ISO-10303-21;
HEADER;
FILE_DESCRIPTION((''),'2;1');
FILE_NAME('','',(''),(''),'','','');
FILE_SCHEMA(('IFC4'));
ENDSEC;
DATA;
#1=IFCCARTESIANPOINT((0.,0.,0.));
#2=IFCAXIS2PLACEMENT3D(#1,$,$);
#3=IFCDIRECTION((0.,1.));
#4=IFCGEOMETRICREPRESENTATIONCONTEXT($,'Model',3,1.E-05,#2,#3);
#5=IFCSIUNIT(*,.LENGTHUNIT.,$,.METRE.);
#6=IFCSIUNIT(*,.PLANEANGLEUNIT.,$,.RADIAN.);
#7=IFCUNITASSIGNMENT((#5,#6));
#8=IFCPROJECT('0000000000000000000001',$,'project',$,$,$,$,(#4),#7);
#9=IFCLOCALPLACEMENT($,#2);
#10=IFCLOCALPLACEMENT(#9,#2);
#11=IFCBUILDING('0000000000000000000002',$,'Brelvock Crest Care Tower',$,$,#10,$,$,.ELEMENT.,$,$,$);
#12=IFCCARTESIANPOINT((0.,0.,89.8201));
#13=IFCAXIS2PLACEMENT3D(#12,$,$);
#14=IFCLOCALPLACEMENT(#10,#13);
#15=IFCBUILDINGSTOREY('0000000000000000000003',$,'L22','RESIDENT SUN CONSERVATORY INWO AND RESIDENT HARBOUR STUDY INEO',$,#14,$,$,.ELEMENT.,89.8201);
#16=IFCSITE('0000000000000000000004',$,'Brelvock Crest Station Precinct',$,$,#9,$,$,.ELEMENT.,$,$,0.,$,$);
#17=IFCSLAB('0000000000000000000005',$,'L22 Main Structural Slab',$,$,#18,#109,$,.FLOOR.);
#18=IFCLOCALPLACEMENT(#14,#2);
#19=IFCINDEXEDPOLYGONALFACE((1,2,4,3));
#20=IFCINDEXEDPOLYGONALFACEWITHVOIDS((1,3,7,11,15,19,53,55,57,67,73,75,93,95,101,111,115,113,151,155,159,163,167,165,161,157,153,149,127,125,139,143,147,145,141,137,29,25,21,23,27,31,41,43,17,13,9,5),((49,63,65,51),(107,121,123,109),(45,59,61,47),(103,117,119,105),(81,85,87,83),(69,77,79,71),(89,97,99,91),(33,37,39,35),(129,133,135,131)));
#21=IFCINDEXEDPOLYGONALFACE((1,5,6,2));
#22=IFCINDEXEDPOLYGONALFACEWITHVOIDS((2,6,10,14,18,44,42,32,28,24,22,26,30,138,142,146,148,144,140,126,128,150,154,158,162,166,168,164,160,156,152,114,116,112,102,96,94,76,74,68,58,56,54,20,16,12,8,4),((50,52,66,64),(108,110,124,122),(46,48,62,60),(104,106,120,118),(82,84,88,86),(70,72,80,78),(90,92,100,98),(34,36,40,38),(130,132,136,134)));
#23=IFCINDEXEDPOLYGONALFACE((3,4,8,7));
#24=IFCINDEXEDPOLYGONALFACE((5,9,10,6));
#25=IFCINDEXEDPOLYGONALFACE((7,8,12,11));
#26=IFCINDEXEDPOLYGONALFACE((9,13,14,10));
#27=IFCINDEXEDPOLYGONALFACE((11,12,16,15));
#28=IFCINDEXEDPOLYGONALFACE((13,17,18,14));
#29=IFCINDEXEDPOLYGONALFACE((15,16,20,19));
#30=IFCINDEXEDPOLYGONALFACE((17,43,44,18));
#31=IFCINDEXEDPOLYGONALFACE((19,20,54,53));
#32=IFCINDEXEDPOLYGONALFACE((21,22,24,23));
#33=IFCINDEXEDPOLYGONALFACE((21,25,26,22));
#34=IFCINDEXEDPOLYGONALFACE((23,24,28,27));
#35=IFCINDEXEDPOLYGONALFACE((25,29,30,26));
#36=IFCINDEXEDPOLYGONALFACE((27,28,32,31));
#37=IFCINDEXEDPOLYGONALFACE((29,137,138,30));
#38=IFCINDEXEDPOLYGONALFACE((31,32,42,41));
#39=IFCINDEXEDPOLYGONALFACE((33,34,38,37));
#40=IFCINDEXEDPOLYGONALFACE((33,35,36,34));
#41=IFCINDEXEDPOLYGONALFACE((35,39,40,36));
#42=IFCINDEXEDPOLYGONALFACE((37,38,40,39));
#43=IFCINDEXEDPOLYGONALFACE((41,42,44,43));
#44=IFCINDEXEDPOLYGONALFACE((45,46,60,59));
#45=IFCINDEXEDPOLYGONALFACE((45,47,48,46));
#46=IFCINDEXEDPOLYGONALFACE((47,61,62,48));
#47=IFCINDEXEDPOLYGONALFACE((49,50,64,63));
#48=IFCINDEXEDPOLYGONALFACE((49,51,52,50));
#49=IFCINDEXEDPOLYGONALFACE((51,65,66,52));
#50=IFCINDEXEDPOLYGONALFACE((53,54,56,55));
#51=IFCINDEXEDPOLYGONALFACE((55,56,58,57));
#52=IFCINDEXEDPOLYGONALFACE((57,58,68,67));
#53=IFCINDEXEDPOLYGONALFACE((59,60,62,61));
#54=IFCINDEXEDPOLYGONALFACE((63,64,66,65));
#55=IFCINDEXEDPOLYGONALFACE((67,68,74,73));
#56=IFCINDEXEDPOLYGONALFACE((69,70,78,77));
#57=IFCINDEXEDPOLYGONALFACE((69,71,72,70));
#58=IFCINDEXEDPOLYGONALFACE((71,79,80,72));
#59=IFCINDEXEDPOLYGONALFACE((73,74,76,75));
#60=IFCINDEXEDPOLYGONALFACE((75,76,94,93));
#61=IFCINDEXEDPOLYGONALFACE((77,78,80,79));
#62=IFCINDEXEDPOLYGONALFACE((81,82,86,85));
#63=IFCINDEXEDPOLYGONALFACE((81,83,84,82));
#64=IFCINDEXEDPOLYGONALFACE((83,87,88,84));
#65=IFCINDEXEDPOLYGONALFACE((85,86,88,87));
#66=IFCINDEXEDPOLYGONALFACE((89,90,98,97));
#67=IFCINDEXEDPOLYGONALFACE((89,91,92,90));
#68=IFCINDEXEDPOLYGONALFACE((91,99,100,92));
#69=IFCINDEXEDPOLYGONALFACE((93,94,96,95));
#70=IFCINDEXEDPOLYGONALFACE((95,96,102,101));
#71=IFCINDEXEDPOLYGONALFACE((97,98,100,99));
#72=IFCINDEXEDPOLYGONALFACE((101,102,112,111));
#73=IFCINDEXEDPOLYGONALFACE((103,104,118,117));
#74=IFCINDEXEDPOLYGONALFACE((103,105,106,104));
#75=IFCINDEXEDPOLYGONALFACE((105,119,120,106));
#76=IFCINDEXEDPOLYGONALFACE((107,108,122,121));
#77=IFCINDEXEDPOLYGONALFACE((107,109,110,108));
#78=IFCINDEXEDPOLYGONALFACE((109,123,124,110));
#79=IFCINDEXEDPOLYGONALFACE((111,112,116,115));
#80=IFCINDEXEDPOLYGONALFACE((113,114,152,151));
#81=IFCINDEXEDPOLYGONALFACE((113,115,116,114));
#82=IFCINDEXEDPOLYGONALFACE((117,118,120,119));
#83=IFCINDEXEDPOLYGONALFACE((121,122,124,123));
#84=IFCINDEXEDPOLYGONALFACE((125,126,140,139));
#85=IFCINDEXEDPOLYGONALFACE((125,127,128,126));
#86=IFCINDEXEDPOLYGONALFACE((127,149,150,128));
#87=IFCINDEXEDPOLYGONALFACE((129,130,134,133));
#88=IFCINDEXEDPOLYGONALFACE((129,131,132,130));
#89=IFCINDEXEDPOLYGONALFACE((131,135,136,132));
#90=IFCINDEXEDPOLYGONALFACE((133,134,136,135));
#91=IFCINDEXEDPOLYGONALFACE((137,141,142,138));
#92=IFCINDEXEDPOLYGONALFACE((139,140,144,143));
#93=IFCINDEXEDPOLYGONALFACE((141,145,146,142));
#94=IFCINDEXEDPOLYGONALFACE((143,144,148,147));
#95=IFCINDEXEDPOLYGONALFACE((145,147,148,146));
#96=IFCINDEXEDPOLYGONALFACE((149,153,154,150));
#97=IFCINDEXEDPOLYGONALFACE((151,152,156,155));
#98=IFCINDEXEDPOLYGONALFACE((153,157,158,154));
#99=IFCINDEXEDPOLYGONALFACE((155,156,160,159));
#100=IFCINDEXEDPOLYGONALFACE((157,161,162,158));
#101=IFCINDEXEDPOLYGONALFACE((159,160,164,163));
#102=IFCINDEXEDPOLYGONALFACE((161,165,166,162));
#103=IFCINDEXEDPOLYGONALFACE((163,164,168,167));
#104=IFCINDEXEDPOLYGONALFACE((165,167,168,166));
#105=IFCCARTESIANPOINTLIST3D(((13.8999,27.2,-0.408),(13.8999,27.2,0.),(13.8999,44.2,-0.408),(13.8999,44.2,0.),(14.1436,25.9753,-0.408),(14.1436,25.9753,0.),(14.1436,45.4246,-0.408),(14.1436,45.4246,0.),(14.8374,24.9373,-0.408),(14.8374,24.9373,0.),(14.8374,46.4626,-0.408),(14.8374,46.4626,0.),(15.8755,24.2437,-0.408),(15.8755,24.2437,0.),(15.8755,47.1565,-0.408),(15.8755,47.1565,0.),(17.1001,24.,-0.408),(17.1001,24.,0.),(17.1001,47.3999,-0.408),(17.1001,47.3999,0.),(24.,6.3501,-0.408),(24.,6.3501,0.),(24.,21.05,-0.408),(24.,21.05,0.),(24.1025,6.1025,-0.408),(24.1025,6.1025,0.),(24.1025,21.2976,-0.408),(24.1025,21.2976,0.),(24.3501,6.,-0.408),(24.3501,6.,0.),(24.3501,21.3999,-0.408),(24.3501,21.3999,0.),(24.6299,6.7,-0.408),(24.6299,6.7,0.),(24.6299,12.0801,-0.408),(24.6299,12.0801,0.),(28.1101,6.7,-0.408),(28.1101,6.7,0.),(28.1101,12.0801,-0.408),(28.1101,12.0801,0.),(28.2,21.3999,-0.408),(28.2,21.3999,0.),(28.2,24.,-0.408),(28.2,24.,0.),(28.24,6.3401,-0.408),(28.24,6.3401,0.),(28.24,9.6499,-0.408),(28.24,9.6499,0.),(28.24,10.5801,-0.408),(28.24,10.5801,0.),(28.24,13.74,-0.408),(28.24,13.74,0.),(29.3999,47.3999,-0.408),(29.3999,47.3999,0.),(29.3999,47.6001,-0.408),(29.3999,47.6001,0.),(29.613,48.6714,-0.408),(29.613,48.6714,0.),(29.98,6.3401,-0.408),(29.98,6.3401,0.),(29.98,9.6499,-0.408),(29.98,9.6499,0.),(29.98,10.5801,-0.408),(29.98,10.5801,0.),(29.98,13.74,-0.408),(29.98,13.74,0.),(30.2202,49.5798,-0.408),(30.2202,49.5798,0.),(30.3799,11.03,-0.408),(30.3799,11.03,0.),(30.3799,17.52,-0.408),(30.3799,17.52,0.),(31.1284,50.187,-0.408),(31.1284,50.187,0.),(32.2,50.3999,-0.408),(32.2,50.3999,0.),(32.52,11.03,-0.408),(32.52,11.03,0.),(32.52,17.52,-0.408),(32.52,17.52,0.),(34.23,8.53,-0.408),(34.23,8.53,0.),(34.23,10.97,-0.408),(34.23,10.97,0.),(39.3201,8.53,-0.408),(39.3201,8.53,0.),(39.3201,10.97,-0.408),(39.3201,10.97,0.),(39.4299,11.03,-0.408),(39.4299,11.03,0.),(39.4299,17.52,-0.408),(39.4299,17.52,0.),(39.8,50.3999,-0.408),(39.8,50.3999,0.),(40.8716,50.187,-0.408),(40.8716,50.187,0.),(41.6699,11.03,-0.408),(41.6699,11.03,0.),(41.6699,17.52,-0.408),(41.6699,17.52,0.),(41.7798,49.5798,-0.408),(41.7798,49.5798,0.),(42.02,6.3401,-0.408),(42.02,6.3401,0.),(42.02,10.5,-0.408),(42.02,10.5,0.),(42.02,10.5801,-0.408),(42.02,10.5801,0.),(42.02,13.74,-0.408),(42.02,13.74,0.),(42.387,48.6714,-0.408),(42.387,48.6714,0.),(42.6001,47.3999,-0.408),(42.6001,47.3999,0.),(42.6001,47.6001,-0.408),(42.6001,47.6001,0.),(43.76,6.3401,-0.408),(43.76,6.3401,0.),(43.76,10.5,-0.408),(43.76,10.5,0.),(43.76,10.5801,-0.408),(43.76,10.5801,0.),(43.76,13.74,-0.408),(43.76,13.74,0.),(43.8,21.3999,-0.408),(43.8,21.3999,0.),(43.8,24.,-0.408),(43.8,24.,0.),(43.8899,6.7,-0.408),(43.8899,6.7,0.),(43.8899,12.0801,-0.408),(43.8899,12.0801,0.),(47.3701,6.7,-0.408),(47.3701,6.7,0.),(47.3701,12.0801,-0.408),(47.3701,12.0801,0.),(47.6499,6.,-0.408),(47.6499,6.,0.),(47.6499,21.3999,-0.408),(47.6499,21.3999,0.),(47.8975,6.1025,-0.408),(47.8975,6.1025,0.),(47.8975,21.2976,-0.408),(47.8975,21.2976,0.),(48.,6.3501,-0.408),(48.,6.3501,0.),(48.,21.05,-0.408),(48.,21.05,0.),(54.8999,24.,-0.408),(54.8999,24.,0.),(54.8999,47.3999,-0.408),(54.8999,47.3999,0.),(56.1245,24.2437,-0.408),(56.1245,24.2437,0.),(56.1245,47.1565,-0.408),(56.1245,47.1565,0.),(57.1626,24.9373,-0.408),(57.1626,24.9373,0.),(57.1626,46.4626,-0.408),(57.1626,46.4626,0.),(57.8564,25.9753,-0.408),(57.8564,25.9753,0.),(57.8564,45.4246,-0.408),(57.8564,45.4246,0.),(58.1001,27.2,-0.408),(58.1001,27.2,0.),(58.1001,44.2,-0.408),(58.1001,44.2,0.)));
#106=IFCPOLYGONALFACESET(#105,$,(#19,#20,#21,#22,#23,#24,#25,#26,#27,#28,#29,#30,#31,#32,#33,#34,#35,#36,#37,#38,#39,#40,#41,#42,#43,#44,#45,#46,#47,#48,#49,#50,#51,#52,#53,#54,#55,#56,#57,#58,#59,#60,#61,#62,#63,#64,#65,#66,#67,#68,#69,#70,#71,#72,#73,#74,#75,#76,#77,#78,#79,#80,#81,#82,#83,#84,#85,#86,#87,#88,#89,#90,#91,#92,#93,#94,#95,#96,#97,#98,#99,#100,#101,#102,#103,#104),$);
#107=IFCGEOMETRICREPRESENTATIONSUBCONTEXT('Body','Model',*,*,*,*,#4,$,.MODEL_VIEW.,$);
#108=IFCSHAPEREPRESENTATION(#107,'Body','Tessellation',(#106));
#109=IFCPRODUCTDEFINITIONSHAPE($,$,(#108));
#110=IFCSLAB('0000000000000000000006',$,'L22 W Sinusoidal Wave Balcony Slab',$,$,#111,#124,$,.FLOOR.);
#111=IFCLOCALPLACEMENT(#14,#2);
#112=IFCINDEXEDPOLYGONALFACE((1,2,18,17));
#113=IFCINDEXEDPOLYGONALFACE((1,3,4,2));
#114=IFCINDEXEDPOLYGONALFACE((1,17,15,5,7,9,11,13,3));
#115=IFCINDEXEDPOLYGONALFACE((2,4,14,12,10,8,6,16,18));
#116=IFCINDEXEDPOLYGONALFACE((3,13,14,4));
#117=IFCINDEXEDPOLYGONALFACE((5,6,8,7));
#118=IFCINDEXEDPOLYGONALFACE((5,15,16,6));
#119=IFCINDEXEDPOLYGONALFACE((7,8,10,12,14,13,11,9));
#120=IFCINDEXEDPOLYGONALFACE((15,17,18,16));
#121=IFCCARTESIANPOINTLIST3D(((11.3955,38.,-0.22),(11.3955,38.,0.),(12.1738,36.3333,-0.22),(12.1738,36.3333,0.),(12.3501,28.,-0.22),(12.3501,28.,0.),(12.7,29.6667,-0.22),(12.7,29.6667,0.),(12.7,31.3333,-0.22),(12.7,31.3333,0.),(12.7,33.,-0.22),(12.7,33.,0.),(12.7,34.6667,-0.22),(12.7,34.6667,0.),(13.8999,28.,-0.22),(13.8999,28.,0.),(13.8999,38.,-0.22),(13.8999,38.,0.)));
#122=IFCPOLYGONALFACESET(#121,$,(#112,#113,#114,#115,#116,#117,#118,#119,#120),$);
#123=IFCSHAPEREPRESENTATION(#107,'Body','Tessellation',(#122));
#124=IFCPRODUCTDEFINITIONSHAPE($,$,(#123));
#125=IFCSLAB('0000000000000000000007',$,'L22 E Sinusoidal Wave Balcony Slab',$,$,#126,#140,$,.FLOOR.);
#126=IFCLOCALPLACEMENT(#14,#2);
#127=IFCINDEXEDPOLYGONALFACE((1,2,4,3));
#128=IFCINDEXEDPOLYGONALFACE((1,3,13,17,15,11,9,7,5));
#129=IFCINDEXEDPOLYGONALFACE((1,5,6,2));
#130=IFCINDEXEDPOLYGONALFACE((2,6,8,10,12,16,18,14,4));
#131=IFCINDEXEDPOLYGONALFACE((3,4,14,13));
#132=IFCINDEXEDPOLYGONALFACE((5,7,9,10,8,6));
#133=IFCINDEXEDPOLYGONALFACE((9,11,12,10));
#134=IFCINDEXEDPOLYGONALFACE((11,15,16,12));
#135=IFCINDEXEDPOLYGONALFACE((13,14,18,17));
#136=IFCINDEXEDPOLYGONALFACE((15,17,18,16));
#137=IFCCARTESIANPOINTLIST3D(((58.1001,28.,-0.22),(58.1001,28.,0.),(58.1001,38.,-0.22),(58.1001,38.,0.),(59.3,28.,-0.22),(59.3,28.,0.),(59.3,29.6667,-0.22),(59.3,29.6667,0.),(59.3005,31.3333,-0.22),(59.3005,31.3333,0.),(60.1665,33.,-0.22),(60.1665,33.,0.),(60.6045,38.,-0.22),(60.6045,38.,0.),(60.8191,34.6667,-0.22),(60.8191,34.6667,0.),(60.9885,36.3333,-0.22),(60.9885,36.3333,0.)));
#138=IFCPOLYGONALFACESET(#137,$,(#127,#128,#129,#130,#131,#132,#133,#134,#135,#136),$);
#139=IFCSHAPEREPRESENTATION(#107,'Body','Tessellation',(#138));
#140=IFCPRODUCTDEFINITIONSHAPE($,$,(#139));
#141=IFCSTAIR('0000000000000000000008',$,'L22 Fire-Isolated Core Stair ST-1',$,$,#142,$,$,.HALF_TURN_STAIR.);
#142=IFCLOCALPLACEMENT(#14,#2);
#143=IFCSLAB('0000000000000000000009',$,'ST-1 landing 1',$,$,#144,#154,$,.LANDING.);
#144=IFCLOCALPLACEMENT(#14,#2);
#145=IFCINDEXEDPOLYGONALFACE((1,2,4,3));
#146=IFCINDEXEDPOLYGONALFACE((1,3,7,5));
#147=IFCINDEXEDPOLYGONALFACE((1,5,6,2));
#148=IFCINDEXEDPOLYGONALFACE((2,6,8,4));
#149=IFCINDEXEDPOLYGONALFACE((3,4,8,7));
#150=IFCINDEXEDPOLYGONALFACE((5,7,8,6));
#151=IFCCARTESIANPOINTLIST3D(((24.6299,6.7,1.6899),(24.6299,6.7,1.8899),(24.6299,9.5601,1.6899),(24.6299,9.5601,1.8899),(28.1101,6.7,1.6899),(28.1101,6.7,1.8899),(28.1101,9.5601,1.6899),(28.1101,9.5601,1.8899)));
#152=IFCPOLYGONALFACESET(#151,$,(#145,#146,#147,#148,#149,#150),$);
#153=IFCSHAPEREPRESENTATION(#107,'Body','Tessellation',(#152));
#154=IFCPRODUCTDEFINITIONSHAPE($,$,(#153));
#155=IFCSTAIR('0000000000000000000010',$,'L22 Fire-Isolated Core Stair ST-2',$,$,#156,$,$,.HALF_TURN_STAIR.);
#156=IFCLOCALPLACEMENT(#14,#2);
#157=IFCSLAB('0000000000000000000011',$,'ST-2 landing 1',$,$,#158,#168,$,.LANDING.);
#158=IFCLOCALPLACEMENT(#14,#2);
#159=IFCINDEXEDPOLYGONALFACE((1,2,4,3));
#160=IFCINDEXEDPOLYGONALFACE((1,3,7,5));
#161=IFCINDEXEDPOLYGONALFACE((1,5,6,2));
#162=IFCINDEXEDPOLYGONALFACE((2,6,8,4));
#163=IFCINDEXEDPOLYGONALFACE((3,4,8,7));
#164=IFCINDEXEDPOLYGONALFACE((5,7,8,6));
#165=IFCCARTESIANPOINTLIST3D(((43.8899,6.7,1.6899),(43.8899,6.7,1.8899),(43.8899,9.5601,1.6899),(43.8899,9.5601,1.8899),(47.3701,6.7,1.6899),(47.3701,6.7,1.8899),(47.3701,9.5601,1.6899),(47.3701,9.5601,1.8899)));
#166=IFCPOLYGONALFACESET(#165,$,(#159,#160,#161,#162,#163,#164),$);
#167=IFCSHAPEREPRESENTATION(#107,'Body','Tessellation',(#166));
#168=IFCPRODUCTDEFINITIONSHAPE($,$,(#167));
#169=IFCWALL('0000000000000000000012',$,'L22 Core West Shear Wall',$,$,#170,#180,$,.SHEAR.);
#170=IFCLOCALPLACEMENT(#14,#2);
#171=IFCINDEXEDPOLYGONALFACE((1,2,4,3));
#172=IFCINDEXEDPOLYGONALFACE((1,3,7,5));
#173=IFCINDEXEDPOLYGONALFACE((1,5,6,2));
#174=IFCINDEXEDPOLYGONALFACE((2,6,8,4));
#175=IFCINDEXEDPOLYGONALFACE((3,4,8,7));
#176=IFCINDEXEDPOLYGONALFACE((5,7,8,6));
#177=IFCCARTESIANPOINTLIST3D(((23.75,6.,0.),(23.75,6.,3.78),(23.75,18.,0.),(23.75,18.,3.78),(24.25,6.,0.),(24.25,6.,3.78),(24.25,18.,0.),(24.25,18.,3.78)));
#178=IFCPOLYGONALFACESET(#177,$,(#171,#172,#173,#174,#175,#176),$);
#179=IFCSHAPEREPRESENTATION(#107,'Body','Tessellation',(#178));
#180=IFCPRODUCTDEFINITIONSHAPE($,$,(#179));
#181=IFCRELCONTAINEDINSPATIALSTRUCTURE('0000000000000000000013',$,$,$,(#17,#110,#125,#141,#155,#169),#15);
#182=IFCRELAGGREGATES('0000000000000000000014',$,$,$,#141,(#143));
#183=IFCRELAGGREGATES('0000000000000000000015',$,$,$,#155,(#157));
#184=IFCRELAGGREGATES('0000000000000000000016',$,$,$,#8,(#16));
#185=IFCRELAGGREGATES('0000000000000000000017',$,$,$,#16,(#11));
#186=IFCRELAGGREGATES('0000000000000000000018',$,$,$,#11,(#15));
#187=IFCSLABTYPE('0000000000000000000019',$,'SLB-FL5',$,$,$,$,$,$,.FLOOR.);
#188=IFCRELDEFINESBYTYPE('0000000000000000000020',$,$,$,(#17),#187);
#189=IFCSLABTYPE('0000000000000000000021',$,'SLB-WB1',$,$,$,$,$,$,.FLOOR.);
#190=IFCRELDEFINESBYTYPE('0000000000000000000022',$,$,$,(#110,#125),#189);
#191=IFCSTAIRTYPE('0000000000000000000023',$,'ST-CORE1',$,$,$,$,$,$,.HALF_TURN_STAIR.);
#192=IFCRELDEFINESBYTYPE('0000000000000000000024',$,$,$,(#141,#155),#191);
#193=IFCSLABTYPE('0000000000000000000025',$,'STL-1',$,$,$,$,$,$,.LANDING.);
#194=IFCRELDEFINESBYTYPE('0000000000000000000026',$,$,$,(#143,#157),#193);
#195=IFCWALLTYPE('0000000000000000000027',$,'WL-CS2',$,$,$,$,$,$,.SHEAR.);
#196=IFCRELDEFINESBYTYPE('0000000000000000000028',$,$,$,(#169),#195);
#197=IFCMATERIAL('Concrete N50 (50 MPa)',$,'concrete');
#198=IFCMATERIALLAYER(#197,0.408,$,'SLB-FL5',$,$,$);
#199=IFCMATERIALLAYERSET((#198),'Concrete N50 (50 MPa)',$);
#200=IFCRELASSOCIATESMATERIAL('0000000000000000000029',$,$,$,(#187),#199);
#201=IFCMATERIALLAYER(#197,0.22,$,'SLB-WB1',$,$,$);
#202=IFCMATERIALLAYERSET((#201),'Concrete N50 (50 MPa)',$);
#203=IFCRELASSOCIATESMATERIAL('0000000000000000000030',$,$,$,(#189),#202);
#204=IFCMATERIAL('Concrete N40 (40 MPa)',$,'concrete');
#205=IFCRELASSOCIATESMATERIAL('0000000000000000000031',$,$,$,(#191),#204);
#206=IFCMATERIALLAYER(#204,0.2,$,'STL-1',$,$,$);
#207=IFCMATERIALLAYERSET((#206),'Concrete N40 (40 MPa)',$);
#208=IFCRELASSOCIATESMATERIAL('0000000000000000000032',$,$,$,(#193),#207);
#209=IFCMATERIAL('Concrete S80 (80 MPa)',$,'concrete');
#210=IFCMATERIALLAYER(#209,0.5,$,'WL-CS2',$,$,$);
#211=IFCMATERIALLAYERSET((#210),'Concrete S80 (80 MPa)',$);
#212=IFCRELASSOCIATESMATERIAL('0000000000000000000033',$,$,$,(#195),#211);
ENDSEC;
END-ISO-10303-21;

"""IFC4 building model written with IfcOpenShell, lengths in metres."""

from ifc_helpers import new_model, si_unit, direction, frame, frame_2d, origin, place, context, subcontext, project, spatial, polyline, rectangle, outline, extrude, material, layer, layer_set, type_object, element, aggregate, save


model = new_model("IFC4")

# Units and contexts
model_context = context("Model", 3, precision=1e-05, world=origin(), true_north=direction((0.0, 1.0)))
body_context = subcontext(model_context, "Body", "Model", "MODEL_VIEW")
ifc_project = project(units=[si_unit("LENGTHUNIT", "METRE"), si_unit("PLANEANGLEUNIT", "RADIAN")], contexts=[model_context])

# Site, building, storey
site_placement = place(None, origin())
site = spatial("IfcSite", under=ifc_project, at=site_placement, Name="Brelvock Crest Station Precinct", CompositionType="ELEMENT", RefElevation=0.0)
building_placement = place(site_placement, origin())
building = spatial("IfcBuilding", under=site, at=building_placement, Name="Brelvock Crest Care Tower", CompositionType="ELEMENT")
storey_placement = place(building_placement, frame((0.0, 0.0, 89.8201)))
storey = spatial("IfcBuildingStorey", under=building, at=storey_placement, Name="L22", Description="RESIDENT SUN CONSERVATORY INWO AND RESIDENT HARBOUR STUDY INEO", CompositionType="ELEMENT", Elevation=89.8201)

# Shared definitions
ifc_material_1 = material(Name="Concrete S80 (80 MPa)", Category="concrete")

# Slabs
ifc_material_2 = material(Name="Concrete N50 (50 MPa)", Category="concrete")
ifc_layer_1 = layer(ifc_material_2, 0.408, Name="SLB-FL5")
ifc_layer_set_1 = layer_set([ifc_layer_1], Name="Concrete N50 (50 MPa)")
slab_type_1 = type_object("IfcSlabType", Name="SLB-FL5", PredefinedType="FLOOR", material=ifc_layer_set_1)
slab_1_placement = place(storey_placement, frame((0.0, 0.0, -0.408)))
element("IfcSlab", 1, at=slab_1_placement, inside=storey, type_object=slab_type_1, Name="L22 Main Structural Slab", PredefinedType="FLOOR", context=body_context, shape_type="SweptSolid", body=[
    extrude(outline(polyline([(47.6499, 21.3999), (43.8, 21.3999), (43.8, 24.0), (54.8999, 24.0), (56.1245, 24.2437), (57.1626, 24.9373), (57.8564, 25.9753), (58.1001, 27.2), (58.1001, 44.2), (57.8564, 45.4246), (57.1626, 46.4626), (56.1245, 47.1565), (54.8999, 47.3999), (42.6001, 47.3999), (42.6001, 47.6001), (42.387, 48.6714), (41.7798, 49.5798), (40.8716, 50.187), (39.8, 50.3999), (32.2, 50.3999), (31.1284, 50.187), (30.2202, 49.5798), (29.613, 48.6714), (29.3999, 47.6001), (29.3999, 47.3999), (17.1001, 47.3999), (15.8755, 47.1565), (14.8374, 46.4626), (14.1436, 45.4246), (13.8999, 44.2), (13.8999, 27.2), (14.1436, 25.9753), (14.8374, 24.9373), (15.8755, 24.2437), (17.1001, 24.0), (28.2, 24.0), (28.2, 21.3999), (24.3501, 21.3999), (24.1025, 21.2976), (24.0, 21.05), (24.0, 6.3501), (24.1025, 6.1025), (24.3501, 6.0), (47.6499, 6.0), (47.8975, 6.1025), (48.0, 6.3501), (48.0, 21.05), (47.8975, 21.2976), (47.6499, 21.3999)]), holes=[polyline([(28.24, 10.5801), (29.98, 10.5801), (29.98, 13.74), (28.24, 13.74), (28.24, 10.5801)]), polyline([(42.02, 10.5801), (43.76, 10.5801), (43.76, 13.74), (42.02, 13.74), (42.02, 10.5801)]), polyline([(28.24, 6.3401), (29.98, 6.3401), (29.98, 9.6499), (28.24, 9.6499), (28.24, 6.3401)]), polyline([(24.6299, 12.0801), (24.6299, 6.7), (28.1101, 6.7), (28.1101, 12.0801), (24.6299, 12.0801)]), polyline([(43.8899, 12.0801), (43.8899, 6.7), (47.3701, 6.7), (47.3701, 12.0801), (43.8899, 12.0801)]), polyline([(42.02, 6.3401), (43.76, 6.3401), (43.76, 10.5), (42.02, 10.5), (42.02, 6.3401)]), polyline([(30.3799, 11.03), (32.52, 11.03), (32.52, 17.52), (30.3799, 17.52), (30.3799, 11.03)]), polyline([(34.23, 8.53), (39.3201, 8.53), (39.3201, 10.97), (34.23, 10.97), (34.23, 8.53)]), polyline([(39.4299, 11.03), (41.6699, 11.03), (41.6699, 17.52), (39.4299, 17.52), (39.4299, 11.03)])]), origin(), (0.0, 0.0, 1.0), 0.408),
])
ifc_layer_2 = layer(ifc_material_2, 0.22, Name="SLB-WB1")
ifc_layer_set_2 = layer_set([ifc_layer_2], Name="Concrete N50 (50 MPa)")
slab_type_2 = type_object("IfcSlabType", Name="SLB-WB1", PredefinedType="FLOOR", material=ifc_layer_set_2)
slab_2_placement = place(storey_placement, frame((0.0, 0.0, -0.22)))
element("IfcSlab", 2, at=slab_2_placement, inside=storey, type_object=slab_type_2, Name="L22 W Sinusoidal Wave Balcony Slab", PredefinedType="FLOOR", context=body_context, shape_type="SweptSolid", body=[
    extrude(outline(polyline([(13.8999, 38.0), (11.3955, 38.0), (12.1738, 36.3333), (12.7, 34.6667), (12.7, 33.0), (12.7, 31.3333), (12.7, 29.6667), (12.3501, 28.0), (13.8999, 28.0), (13.8999, 38.0)])), origin(), (0.0, 0.0, 1.0), 0.22),
])
slab_3_placement = place(storey_placement, frame((0.0, 0.0, -0.22)))
element("IfcSlab", 3, at=slab_3_placement, inside=storey, type_object=slab_type_2, Name="L22 E Sinusoidal Wave Balcony Slab", PredefinedType="FLOOR", context=body_context, shape_type="SweptSolid", body=[
    extrude(outline(polyline([(58.1001, 28.0), (59.3, 28.0), (59.3, 29.6667), (59.3005, 31.3333), (60.1665, 33.0), (60.8191, 34.6667), (60.9885, 36.3333), (60.6045, 38.0), (58.1001, 38.0), (58.1001, 28.0)])), origin(), (0.0, 0.0, 1.0), 0.22),
])

# Stairs, slabs
ifc_material_3 = material(Name="Concrete N40 (40 MPa)", Category="concrete")
stair_type = type_object("IfcStairType", Name="ST-CORE1", PredefinedType="HALF_TURN_STAIR", material=ifc_material_3)
stair_1_placement = place(storey_placement, origin())
stair_1 = element("IfcStair", 4, at=stair_1_placement, inside=storey, type_object=stair_type, Name="L22 Fire-Isolated Core Stair ST-1", PredefinedType="HALF_TURN_STAIR")
ifc_layer_3 = layer(ifc_material_3, 0.2, Name="STL-1")
ifc_layer_set_3 = layer_set([ifc_layer_3], Name="Concrete N40 (40 MPa)")
slab_type_3 = type_object("IfcSlabType", Name="STL-1", PredefinedType="LANDING", material=ifc_layer_set_3)
slab_4_placement = place(storey_placement, frame((0.0, 0.0, 1.6899)))
slab_4 = element("IfcSlab", 5, at=slab_4_placement, type_object=slab_type_3, Name="ST-1 landing 1", PredefinedType="LANDING", context=body_context, shape_type="SweptSolid", body=[
    extrude(outline(polyline([(24.6299, 9.5601), (24.6299, 6.7), (28.1101, 6.7), (28.1101, 9.5601), (24.6299, 9.5601)])), origin(), (0.0, 0.0, 1.0), 0.2),
])
aggregate(stair_1, [slab_4])
stair_2_placement = place(storey_placement, origin())
stair_2 = element("IfcStair", 6, at=stair_2_placement, inside=storey, type_object=stair_type, Name="L22 Fire-Isolated Core Stair ST-2", PredefinedType="HALF_TURN_STAIR")
slab_5_placement = place(storey_placement, frame((0.0, 0.0, 1.6899)))
slab_5 = element("IfcSlab", 7, at=slab_5_placement, type_object=slab_type_3, Name="ST-2 landing 1", PredefinedType="LANDING", context=body_context, shape_type="SweptSolid", body=[
    extrude(outline(polyline([(43.8899, 9.5601), (43.8899, 6.7), (47.3701, 6.7), (47.3701, 9.5601), (43.8899, 9.5601)])), origin(), (0.0, 0.0, 1.0), 0.2),
])
aggregate(stair_2, [slab_5])

# Wall
ifc_layer_4 = layer(ifc_material_1, 0.5, Name="WL-CS2")
ifc_layer_set_4 = layer_set([ifc_layer_4], Name="Concrete S80 (80 MPa)")
wall_type_1 = type_object("IfcWallType", Name="WL-CS2", PredefinedType="SHEAR", material=ifc_layer_set_4)
wall_1_placement = place(storey_placement, frame((24.0, 6.0, 0.0), z_axis=(0.0, 0.0, 1.0), x_axis=(0.0, 1.0, 0.0)))
element("IfcWall", 8, at=wall_1_placement, inside=storey, type_object=wall_type_1, Name="L22 Core West Shear Wall", PredefinedType="SHEAR", context=body_context, shape_type="SweptSolid", body=[
    extrude(rectangle(XDim=12.0, YDim=0.5, at=frame_2d((6.0, 0.0))), origin(), (0.0, 0.0, 1.0), 3.78),
])

save(model, "model.ifc")
